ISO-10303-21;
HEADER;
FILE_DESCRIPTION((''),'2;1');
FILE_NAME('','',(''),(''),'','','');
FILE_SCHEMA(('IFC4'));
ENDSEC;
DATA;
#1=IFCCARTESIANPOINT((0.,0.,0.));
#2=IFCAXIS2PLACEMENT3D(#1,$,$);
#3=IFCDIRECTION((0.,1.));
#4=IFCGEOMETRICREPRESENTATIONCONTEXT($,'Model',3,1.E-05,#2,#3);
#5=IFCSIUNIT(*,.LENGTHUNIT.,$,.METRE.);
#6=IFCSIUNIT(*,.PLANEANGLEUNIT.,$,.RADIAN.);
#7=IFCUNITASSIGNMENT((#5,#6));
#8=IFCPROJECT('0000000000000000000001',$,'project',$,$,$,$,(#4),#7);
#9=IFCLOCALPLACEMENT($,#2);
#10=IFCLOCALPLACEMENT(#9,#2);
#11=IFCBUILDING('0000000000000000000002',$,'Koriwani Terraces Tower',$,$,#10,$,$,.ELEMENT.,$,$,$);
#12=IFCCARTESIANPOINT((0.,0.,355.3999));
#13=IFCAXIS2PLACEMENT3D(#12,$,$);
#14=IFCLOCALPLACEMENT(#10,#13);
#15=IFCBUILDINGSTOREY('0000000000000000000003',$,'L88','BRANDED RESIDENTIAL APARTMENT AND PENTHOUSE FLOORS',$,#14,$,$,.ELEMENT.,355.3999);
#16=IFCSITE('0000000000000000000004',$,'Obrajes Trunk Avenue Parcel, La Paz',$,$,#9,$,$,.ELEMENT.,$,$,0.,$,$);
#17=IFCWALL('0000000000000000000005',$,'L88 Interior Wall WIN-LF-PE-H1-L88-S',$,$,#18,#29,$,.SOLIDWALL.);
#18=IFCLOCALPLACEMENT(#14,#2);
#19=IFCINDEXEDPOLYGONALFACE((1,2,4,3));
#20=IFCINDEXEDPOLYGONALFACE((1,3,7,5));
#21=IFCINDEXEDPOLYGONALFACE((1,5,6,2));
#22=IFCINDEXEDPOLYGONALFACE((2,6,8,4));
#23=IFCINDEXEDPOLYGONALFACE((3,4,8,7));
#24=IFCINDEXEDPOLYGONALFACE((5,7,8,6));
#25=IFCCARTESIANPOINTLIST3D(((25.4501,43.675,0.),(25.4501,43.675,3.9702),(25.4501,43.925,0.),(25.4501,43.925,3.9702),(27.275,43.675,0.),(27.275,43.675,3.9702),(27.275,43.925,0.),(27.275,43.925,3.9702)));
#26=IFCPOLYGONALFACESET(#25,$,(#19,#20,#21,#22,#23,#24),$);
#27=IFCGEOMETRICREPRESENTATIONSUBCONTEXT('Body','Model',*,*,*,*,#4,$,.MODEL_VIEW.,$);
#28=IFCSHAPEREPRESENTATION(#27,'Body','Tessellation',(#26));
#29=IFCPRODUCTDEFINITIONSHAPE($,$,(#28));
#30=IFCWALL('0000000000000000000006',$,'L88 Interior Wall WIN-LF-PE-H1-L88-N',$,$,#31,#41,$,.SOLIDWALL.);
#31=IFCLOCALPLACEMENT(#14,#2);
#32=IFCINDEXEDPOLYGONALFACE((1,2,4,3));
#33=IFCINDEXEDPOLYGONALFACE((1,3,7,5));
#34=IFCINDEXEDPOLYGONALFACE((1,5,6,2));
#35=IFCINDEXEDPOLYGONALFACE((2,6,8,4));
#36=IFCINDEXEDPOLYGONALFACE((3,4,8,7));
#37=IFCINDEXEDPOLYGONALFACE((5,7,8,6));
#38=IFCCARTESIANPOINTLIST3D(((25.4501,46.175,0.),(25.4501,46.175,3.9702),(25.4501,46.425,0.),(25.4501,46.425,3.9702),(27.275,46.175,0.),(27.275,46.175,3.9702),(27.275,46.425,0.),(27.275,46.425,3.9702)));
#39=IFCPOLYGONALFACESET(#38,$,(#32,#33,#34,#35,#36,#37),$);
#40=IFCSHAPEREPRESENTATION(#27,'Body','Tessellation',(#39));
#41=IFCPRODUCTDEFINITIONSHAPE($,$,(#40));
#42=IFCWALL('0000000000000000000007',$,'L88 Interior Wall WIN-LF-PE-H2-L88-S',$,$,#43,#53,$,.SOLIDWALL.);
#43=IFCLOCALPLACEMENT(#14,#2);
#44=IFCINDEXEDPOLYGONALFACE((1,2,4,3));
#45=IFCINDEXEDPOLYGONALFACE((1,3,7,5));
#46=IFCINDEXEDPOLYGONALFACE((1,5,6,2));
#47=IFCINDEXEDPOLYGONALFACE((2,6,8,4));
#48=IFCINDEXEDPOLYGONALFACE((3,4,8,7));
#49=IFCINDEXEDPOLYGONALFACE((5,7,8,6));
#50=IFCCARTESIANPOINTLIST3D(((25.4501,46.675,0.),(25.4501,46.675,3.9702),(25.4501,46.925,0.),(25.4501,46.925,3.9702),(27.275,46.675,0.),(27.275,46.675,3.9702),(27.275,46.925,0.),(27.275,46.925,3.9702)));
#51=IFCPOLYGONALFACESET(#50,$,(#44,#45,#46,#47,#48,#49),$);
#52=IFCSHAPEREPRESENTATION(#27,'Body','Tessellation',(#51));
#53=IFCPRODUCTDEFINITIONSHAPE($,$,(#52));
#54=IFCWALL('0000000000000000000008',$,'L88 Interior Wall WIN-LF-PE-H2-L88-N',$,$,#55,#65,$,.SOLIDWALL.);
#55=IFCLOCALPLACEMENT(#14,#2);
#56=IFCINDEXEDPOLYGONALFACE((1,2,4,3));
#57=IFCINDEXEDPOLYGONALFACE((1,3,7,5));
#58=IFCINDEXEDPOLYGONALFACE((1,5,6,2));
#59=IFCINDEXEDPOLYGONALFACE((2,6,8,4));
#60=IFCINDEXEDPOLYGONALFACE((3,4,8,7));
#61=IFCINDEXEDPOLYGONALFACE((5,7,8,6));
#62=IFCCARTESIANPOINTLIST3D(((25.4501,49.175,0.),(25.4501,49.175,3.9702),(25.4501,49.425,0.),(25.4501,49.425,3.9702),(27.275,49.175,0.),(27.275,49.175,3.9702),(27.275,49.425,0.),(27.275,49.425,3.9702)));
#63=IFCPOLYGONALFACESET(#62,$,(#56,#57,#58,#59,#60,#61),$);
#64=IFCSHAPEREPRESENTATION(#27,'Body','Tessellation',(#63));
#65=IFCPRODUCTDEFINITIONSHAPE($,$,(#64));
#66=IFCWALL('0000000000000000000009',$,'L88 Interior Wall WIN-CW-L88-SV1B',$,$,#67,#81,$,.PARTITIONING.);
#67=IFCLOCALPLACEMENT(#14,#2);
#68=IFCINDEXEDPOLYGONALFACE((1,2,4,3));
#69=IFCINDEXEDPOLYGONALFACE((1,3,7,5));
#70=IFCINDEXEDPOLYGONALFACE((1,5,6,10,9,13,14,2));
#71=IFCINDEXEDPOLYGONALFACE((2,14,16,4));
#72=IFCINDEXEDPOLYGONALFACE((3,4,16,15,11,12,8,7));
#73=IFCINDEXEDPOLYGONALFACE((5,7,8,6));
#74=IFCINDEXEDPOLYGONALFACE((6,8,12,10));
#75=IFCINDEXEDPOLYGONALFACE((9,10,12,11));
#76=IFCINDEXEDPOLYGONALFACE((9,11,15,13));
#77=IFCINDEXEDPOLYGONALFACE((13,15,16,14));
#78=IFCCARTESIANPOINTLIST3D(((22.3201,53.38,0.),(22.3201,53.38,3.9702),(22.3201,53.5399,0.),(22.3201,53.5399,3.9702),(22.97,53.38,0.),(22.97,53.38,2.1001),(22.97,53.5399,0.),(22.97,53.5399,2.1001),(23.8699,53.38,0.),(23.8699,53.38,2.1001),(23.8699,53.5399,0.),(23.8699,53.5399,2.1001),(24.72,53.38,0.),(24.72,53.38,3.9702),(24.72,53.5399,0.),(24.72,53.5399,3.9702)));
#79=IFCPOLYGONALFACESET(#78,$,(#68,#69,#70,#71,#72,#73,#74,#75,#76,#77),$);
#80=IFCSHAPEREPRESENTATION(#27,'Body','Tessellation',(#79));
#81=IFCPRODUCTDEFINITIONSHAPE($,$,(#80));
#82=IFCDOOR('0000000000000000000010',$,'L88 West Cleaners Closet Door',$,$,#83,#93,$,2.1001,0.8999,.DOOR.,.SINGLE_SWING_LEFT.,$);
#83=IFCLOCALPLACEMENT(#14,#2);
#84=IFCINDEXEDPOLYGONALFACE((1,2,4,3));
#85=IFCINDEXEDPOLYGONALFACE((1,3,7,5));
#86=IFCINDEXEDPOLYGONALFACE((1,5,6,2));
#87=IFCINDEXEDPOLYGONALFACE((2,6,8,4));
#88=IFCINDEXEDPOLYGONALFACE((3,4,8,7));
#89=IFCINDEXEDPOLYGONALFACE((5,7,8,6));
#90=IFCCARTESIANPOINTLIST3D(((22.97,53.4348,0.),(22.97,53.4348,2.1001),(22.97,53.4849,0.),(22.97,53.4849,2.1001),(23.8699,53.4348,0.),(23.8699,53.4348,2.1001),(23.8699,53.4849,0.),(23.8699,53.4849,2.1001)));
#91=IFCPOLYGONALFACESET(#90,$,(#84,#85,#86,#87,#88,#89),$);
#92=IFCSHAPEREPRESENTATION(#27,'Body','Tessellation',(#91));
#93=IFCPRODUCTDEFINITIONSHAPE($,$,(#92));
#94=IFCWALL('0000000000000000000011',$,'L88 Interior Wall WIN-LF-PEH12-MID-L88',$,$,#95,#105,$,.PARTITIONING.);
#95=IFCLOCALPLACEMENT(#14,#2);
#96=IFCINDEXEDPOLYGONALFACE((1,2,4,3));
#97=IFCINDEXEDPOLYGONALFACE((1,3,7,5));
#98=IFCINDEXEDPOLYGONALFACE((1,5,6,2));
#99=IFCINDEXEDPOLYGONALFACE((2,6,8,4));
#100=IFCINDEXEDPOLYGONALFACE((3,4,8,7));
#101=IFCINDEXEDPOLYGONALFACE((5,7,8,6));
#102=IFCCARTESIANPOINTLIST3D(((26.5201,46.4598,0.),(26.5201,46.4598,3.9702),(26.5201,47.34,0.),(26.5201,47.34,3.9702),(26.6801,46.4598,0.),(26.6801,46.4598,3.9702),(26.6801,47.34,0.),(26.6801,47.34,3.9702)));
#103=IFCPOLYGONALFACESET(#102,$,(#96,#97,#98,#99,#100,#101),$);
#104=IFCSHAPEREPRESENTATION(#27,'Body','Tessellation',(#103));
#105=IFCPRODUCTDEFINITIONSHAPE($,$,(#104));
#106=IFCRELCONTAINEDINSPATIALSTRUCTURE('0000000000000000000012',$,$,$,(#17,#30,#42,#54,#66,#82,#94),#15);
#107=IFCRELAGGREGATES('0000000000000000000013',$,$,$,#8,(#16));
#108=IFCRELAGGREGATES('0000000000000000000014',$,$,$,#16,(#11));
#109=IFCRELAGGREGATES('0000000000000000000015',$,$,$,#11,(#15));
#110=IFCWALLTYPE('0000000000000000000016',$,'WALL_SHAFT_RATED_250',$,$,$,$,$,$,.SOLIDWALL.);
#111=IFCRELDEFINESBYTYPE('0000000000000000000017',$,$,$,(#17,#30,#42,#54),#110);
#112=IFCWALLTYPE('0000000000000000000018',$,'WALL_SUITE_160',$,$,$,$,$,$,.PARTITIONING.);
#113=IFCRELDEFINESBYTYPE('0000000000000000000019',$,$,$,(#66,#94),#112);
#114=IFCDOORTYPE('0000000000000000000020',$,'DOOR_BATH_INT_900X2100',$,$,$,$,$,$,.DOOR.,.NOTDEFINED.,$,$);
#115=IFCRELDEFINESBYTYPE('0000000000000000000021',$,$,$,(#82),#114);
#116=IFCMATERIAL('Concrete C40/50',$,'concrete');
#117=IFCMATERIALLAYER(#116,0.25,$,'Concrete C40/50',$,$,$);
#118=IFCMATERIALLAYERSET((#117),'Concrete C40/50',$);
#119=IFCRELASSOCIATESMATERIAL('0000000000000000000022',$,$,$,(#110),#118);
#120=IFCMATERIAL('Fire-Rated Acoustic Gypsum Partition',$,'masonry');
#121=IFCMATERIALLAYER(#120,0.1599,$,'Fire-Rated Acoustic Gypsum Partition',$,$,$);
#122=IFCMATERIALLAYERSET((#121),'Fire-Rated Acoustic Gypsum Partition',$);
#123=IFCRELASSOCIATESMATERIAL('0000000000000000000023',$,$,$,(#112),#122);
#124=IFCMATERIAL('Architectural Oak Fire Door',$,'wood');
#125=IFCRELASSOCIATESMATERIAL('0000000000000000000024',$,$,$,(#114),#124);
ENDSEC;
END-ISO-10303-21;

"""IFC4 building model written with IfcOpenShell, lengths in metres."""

from ifc_helpers import new_model, si_unit, direction, frame, frame_2d, origin, place, context, subcontext, project, spatial, rectangle, extrude, material, layer, layer_set, type_object, element, fill, save


model = new_model("IFC4")

# Units and contexts
model_context = context("Model", 3, precision=1e-05, world=origin(), true_north=direction((0.0, 1.0)))
body_context = subcontext(model_context, "Body", "Model", "MODEL_VIEW")
ifc_project = project(units=[si_unit("LENGTHUNIT", "METRE"), si_unit("PLANEANGLEUNIT", "RADIAN")], contexts=[model_context])

# Site, building, storey
site_placement = place(None, origin())
site = spatial("IfcSite", under=ifc_project, at=site_placement, Name="Obrajes Trunk Avenue Parcel, La Paz", CompositionType="ELEMENT", RefElevation=0.0)
building_placement = place(site_placement, origin())
building = spatial("IfcBuilding", under=site, at=building_placement, Name="Koriwani Terraces Tower", CompositionType="ELEMENT")
storey_placement = place(building_placement, frame((0.0, 0.0, 355.3999)))
storey = spatial("IfcBuildingStorey", under=building, at=storey_placement, Name="L88", Description="BRANDED RESIDENTIAL APARTMENT AND PENTHOUSE FLOORS", CompositionType="ELEMENT", Elevation=355.3999)

# Shared definitions
ifc_material_1 = material(Name="Concrete C40/50", Category="concrete")

# Shared definitions
ifc_layer_1 = layer(ifc_material_1, 0.25, Name="Concrete C40/50")
ifc_layer_set_1 = layer_set([ifc_layer_1], Name="Concrete C40/50")
wall_type_1 = type_object("IfcWallType", Name="WALL_SHAFT_RATED_250", PredefinedType="SOLIDWALL", material=ifc_layer_set_1)

# Walls
for number, where, z_axis, x_axis, name in (
    (1, (25.45, 43.8, 0.0), (0.0, 0.0, 1.0), (1.0, 0.0, 0.0), "L88 Interior Wall WIN-LF-PE-H1-L88-S"),
    (2, (25.45, 46.3, 0.0), (0.0, 0.0, 1.0), (1.0, 0.0, 0.0), "L88 Interior Wall WIN-LF-PE-H1-L88-N"),
):
    element("IfcWall", number, at=place(storey_placement, frame(where, z_axis=z_axis, x_axis=x_axis)), inside=storey, type_object=wall_type_1, Name=name, PredefinedType="SOLIDWALL", context=body_context, shape_type="SweptSolid", body=[
        extrude(rectangle(XDim=1.825, YDim=0.25, at=frame_2d((0.9126, 0.0))), origin(), (0.0, 0.0, 1.0), 3.9702),
    ])

# Walls
for number, where, z_axis, x_axis, name in (
    (3, (25.45, 46.8, 0.0), (0.0, 0.0, 1.0), (1.0, 0.0, 0.0), "L88 Interior Wall WIN-LF-PE-H2-L88-S"),
    (4, (25.45, 49.3, 0.0), (0.0, 0.0, 1.0), (1.0, 0.0, 0.0), "L88 Interior Wall WIN-LF-PE-H2-L88-N"),
):
    element("IfcWall", number, at=place(storey_placement, frame(where, z_axis=z_axis, x_axis=x_axis)), inside=storey, type_object=wall_type_1, Name=name, PredefinedType="SOLIDWALL", context=body_context, shape_type="SweptSolid", body=[
        extrude(rectangle(XDim=1.825, YDim=0.25, at=frame_2d((0.9126, 0.0))), origin(), (0.0, 0.0, 1.0), 3.9702),
    ])

# Wall, opening, door
ifc_material_2 = material(Name="Fire-Rated Acoustic Gypsum Partition", Category="masonry")
ifc_layer_2 = layer(ifc_material_2, 0.1599, Name="Fire-Rated Acoustic Gypsum Partition")
ifc_layer_set_2 = layer_set([ifc_layer_2], Name="Fire-Rated Acoustic Gypsum Partition")
wall_type_2 = type_object("IfcWallType", Name="WALL_SUITE_160", PredefinedType="PARTITIONING", material=ifc_layer_set_2)
wall_1_placement = place(storey_placement, frame((22.3201, 53.46, 0.0), z_axis=(0.0, 0.0, 1.0), x_axis=(1.0, 0.0, 0.0)))
wall_1 = element("IfcWall", 5, at=wall_1_placement, inside=storey, type_object=wall_type_2, Name="L88 Interior Wall WIN-CW-L88-SV1B", PredefinedType="PARTITIONING", context=body_context, shape_type="SweptSolid", body=[
    extrude(rectangle(XDim=2.3999, YDim=0.1599, at=frame_2d((1.2, 0.0))), origin(), (0.0, 0.0, 1.0), 3.9702),
])
opening_1_placement = place(wall_1_placement, frame((0.6499, 0.0, 0.0)))
opening_1 = element("IfcOpeningElement", 6, at=opening_1_placement, cuts=wall_1, PredefinedType="OPENING", context=body_context, shape_type="SweptSolid", body=[
    extrude(rectangle(XDim=0.8999, YDim=2.1001, at=frame_2d((0.45, 1.05))), frame((0.0, 0.0898, 0.0), z_axis=(0.0, -1.0, 0.0), x_axis=(1.0, 0.0, 0.0)), (0.0, 0.0, 1.0), 0.1799),
])
ifc_material_3 = material(Name="Architectural Oak Fire Door", Category="wood")
door_type_1 = type_object("IfcDoorType", Name="DOOR_BATH_INT_900X2100", OperationType="NOTDEFINED", PredefinedType="DOOR", material=ifc_material_3)
door_1_placement = place(opening_1_placement, origin())
door_1 = element("IfcDoor", 7, at=door_1_placement, inside=storey, type_object=door_type_1, Name="L88 West Cleaners Closet Door", OperationType="SINGLE_SWING_LEFT", OverallHeight=2.1001, OverallWidth=0.8999, PredefinedType="DOOR", context=body_context, shape_type="SweptSolid", body=[
    extrude(rectangle(XDim=0.8999, YDim=2.1001, at=frame_2d((0.45, 1.05))), frame((0.0, 0.0249, 0.0), z_axis=(0.0, -1.0, 0.0), x_axis=(1.0, 0.0, 0.0)), (0.0, 0.0, 1.0), 0.05),
])
fill(opening_1, door_1)

# Wall
wall_2_placement = place(storey_placement, frame((26.6001, 46.46, 0.0), z_axis=(0.0, 0.0, 1.0), x_axis=(0.0, 1.0, 0.0)))
element("IfcWall", 8, at=wall_2_placement, inside=storey, type_object=wall_type_2, Name="L88 Interior Wall WIN-LF-PEH12-MID-L88", PredefinedType="PARTITIONING", context=body_context, shape_type="SweptSolid", body=[
    extrude(rectangle(XDim=0.8801, YDim=0.1599, at=frame_2d((0.4399, 0.0))), origin(), (0.0, 0.0, 1.0), 3.9702),
])

save(model, "model.ifc")
